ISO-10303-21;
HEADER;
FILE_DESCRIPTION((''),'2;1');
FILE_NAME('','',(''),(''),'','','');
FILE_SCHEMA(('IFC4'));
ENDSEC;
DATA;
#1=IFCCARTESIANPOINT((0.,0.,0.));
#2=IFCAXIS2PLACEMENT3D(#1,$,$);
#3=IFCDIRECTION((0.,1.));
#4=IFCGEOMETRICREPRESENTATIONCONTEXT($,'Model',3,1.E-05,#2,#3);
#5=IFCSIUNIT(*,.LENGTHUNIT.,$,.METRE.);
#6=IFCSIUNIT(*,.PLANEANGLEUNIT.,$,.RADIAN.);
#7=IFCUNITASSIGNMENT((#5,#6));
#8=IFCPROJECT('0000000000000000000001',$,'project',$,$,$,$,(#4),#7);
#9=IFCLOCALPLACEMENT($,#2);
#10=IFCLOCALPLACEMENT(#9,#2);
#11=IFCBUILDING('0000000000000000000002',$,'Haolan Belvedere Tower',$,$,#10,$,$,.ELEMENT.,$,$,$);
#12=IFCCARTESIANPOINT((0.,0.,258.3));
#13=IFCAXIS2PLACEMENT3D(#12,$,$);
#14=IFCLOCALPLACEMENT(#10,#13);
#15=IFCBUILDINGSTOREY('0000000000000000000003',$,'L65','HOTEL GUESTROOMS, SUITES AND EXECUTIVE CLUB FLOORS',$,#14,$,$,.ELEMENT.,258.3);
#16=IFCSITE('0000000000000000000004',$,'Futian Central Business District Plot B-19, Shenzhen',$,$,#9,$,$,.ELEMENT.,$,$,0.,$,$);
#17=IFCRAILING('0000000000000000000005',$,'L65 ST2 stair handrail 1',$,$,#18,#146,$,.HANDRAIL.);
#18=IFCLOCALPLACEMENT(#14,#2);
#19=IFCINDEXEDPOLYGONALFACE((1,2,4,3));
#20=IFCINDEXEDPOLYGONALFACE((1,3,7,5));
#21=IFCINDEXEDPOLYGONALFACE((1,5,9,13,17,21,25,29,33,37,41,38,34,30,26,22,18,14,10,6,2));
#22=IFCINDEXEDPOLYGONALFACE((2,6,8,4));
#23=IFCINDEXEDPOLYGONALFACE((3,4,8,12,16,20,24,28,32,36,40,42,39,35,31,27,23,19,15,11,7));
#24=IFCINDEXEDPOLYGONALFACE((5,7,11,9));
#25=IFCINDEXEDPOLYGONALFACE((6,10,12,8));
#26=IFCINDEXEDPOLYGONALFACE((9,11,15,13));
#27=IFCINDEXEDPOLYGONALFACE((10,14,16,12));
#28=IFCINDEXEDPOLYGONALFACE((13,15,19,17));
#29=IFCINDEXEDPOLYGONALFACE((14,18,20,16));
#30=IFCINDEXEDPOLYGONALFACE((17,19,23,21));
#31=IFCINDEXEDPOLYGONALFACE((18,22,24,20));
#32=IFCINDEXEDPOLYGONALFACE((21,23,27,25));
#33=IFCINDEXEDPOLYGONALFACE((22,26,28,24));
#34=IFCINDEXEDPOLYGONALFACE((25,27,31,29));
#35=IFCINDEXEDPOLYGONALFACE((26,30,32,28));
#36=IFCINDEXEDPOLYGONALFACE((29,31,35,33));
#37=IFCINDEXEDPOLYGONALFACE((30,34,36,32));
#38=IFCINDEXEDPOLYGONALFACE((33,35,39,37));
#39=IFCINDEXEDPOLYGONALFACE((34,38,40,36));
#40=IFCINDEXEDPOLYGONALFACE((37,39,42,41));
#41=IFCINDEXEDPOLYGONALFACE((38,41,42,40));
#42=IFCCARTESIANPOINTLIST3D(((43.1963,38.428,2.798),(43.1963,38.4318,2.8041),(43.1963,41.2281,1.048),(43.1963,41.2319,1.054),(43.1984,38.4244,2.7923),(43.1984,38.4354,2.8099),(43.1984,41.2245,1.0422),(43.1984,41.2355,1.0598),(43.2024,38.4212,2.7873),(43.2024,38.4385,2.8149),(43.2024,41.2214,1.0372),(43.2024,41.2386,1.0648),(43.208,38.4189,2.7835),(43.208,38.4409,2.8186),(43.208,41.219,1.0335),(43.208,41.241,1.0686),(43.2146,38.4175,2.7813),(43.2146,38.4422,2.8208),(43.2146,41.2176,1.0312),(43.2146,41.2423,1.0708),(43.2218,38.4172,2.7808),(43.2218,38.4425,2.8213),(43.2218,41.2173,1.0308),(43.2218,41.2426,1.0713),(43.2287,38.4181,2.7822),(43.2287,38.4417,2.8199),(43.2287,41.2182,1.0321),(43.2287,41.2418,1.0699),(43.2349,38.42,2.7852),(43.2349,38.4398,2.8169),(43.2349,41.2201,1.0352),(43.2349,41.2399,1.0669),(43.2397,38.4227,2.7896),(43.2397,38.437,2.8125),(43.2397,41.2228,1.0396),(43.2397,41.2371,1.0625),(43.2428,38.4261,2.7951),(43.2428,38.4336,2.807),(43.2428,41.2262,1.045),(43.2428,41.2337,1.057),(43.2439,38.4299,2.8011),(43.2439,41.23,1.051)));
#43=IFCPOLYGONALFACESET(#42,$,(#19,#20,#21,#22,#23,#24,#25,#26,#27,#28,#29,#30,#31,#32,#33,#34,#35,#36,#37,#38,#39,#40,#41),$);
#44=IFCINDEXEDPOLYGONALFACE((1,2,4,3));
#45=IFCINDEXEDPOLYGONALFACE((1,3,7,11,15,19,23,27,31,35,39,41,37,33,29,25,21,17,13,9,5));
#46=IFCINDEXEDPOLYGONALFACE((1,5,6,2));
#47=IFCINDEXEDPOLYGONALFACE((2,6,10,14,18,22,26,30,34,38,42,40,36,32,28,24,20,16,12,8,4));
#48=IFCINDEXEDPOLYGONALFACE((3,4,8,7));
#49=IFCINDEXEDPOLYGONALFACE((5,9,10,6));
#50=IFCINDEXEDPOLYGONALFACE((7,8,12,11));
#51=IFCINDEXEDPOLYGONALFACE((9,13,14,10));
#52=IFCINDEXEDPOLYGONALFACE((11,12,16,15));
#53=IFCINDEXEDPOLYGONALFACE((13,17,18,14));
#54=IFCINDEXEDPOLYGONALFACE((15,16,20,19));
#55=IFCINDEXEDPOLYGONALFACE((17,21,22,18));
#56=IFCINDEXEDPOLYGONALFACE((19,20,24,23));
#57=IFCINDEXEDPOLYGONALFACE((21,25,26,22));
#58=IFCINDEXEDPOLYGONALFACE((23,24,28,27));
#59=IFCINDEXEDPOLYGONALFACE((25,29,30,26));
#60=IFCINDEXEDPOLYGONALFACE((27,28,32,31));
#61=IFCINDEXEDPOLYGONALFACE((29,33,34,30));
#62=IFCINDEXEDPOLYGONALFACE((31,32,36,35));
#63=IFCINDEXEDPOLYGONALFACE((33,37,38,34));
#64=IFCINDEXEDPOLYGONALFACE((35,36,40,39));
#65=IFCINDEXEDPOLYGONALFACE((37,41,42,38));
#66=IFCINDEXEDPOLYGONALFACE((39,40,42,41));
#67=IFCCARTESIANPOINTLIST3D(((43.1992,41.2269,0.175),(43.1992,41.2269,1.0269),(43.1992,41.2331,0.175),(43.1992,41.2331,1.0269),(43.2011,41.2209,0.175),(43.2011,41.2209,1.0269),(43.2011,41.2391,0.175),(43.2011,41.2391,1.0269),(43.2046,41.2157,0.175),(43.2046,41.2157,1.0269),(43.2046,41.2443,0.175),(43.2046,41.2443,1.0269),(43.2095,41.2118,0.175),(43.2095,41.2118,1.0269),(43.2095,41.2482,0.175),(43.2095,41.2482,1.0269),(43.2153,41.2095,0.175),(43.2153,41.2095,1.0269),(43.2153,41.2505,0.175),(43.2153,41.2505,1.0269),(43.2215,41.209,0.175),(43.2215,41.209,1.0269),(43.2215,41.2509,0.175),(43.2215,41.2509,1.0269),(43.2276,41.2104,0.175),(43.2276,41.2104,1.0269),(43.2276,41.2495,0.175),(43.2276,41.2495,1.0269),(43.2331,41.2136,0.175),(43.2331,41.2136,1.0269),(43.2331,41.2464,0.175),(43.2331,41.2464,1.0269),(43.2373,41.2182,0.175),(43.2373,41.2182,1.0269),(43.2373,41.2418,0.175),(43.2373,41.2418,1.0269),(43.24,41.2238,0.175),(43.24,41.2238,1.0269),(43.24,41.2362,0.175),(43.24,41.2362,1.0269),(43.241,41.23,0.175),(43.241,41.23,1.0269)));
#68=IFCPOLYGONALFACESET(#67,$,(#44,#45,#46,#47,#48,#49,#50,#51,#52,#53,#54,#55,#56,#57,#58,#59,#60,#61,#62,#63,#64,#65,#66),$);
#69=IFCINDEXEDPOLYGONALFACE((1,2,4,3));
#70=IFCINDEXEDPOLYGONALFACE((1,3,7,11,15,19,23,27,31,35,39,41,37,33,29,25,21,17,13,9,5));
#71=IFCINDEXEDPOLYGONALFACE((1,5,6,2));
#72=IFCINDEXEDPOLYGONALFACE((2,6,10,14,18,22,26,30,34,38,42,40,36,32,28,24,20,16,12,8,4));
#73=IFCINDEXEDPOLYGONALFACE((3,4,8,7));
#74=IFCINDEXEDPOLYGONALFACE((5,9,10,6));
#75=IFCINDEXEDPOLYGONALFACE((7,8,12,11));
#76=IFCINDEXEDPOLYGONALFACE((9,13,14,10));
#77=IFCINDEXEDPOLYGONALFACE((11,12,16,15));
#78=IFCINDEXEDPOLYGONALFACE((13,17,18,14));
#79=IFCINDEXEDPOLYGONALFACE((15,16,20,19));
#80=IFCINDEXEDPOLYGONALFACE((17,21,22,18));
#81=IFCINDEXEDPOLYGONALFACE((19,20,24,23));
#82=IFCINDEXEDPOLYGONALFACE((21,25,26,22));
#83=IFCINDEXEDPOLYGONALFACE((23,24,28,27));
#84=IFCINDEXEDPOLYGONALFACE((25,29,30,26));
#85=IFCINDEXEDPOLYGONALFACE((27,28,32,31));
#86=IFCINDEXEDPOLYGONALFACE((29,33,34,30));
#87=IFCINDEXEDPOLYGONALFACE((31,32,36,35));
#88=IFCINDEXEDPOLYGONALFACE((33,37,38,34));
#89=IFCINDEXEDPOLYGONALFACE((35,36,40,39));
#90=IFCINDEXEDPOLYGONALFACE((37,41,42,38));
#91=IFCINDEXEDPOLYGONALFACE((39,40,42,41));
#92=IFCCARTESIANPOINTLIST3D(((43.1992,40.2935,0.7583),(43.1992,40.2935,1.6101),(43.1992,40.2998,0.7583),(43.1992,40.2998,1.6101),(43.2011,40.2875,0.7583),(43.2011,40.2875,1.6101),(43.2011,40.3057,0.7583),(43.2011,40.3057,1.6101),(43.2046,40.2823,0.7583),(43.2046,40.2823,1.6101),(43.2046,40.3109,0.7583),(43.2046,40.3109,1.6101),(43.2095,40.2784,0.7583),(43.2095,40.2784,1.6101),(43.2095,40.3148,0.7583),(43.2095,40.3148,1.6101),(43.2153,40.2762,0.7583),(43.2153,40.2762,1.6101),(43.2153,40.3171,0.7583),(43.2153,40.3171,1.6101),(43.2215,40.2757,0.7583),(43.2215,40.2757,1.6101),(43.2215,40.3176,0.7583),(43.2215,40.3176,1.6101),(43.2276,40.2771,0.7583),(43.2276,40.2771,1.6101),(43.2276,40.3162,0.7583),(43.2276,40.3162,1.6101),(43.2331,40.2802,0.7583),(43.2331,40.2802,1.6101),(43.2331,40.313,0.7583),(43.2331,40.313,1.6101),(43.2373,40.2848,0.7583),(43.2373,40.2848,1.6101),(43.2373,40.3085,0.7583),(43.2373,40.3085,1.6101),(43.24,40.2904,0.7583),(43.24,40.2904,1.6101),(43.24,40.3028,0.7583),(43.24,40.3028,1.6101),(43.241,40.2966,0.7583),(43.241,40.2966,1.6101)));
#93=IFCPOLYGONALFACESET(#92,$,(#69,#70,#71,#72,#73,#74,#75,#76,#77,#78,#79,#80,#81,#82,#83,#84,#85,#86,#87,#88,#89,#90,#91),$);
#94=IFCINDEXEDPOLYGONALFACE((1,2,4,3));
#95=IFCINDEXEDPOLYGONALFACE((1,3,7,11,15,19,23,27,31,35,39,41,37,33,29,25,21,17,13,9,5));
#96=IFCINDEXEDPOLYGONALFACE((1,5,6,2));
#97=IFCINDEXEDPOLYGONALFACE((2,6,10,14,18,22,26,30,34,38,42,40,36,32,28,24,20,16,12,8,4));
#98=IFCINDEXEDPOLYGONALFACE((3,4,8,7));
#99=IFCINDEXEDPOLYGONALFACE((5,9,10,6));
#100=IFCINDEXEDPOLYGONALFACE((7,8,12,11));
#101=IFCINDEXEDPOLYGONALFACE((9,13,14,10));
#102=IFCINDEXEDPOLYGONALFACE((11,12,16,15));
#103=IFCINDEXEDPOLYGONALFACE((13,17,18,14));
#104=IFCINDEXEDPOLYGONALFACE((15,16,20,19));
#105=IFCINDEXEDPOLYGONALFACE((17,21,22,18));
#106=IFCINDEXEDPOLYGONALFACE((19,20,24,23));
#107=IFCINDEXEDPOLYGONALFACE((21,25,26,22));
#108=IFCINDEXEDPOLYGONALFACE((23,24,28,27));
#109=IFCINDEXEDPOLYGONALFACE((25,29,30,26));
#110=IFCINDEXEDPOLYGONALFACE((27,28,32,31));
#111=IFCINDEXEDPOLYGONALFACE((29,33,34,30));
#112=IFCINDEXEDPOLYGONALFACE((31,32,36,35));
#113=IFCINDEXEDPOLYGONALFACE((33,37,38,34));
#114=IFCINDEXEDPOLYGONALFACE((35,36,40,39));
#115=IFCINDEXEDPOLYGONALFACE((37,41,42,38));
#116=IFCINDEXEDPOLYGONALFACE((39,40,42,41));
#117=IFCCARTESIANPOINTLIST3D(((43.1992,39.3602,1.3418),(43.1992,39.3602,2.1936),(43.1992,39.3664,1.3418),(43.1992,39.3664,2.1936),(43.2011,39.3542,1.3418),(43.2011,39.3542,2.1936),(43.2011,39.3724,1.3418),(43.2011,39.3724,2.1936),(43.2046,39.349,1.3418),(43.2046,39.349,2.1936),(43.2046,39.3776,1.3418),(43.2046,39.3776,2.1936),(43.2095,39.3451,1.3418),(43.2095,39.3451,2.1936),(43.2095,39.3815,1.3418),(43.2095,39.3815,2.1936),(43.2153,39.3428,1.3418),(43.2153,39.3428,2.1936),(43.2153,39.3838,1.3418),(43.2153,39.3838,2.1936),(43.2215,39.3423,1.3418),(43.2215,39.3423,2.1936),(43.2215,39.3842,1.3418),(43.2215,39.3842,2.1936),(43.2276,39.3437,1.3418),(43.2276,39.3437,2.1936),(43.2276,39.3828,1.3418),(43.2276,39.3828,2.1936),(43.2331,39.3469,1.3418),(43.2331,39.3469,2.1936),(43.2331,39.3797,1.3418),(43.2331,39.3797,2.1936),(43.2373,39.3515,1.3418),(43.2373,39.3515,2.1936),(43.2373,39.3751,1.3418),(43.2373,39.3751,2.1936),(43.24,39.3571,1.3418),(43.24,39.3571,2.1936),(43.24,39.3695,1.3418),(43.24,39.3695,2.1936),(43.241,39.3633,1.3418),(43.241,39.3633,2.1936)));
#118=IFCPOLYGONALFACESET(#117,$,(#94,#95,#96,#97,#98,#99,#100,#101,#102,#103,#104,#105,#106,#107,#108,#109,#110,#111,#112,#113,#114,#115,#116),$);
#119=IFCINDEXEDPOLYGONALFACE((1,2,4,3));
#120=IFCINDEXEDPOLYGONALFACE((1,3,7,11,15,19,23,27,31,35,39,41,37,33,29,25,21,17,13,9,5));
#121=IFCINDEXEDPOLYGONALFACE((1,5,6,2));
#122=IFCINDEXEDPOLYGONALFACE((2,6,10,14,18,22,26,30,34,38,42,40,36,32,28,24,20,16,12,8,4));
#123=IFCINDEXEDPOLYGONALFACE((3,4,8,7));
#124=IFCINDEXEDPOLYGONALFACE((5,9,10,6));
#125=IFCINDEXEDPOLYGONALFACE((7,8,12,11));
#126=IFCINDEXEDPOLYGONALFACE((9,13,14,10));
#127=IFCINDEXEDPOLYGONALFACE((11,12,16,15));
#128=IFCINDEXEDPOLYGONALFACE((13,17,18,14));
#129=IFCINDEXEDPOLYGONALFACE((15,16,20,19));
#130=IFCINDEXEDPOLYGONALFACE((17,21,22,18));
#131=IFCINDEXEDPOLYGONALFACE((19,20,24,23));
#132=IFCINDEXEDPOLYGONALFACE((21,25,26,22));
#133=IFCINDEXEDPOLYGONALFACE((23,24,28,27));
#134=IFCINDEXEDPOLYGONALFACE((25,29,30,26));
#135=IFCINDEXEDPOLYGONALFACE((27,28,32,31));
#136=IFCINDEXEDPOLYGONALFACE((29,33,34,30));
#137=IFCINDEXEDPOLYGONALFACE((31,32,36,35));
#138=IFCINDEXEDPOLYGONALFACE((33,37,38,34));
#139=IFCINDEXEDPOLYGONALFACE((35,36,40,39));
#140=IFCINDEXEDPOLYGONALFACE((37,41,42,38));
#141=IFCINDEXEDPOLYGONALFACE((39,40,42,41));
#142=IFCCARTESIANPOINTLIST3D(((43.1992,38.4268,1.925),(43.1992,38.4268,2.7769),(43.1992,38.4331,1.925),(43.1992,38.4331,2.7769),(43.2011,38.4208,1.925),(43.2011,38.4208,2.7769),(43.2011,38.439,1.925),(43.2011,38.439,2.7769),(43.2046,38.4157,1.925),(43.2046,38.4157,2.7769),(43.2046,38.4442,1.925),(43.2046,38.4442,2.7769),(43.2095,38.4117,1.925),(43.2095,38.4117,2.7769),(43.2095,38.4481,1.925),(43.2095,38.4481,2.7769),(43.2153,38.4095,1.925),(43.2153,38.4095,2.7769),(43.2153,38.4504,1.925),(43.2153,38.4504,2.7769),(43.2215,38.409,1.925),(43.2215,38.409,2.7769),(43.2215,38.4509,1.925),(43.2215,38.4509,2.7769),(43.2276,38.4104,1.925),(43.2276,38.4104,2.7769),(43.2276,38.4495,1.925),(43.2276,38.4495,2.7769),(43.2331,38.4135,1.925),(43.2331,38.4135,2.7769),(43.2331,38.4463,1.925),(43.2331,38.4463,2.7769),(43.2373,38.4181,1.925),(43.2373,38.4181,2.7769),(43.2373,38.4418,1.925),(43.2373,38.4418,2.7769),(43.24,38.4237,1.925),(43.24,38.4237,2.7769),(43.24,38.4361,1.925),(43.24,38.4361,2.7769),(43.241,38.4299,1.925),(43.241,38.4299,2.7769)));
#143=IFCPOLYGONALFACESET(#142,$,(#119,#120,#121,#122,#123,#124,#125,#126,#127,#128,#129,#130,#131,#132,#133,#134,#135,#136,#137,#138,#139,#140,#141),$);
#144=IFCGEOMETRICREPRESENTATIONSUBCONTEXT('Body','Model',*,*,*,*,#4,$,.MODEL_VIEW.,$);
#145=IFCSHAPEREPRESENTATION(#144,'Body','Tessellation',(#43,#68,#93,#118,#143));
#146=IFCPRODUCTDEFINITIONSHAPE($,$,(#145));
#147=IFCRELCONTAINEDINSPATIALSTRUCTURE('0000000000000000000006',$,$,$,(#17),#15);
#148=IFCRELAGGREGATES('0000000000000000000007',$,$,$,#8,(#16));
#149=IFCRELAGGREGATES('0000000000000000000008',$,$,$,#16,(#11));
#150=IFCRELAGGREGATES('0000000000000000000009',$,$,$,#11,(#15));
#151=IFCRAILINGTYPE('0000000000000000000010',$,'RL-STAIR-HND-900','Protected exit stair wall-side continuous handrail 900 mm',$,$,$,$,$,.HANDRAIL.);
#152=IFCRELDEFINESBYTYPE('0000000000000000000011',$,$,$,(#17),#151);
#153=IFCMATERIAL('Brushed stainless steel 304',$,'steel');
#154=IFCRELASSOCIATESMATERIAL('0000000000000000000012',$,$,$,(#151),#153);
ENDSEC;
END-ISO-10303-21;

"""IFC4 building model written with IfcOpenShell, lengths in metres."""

from ifc_helpers import new_model, si_unit, direction, frame, origin, origin_2d, place, context, subcontext, project, spatial, circle, extrude, material, type_object, element, save


model = new_model("IFC4")

# Units and contexts
model_context = context("Model", 3, precision=1e-05, world=origin(), true_north=direction((0.0, 1.0)))
body_context = subcontext(model_context, "Body", "Model", "MODEL_VIEW")
ifc_project = project(units=[si_unit("LENGTHUNIT", "METRE"), si_unit("PLANEANGLEUNIT", "RADIAN")], contexts=[model_context])

# Site, building, storey
site_placement = place(None, origin())
site = spatial("IfcSite", under=ifc_project, at=site_placement, Name="Futian Central Business District Plot B-19, Shenzhen", CompositionType="ELEMENT", RefElevation=0.0)
building_placement = place(site_placement, origin())
building = spatial("IfcBuilding", under=site, at=building_placement, Name="Haolan Belvedere Tower", CompositionType="ELEMENT")
storey_placement = place(building_placement, frame((0.0, 0.0, 258.3)))
storey = spatial("IfcBuildingStorey", under=building, at=storey_placement, Name="L65", Description="HOTEL GUESTROOMS, SUITES AND EXECUTIVE CLUB FLOORS", CompositionType="ELEMENT", Elevation=258.3)

# Railing
ifc_material_1 = material(Name="Brushed stainless steel 304", Category="steel")
railing_type_1 = type_object("IfcRailingType", Name="RL-STAIR-HND-900", Description="Protected exit stair wall-side continuous handrail 900 mm", PredefinedType="HANDRAIL", material=ifc_material_1)
for number, where, name in (
    (1, (43.22, 41.23, 0.175), "L65 ST2 stair handrail 1"),
):
    element("IfcRailing", number, at=place(storey_placement, frame(where)), inside=storey, type_object=railing_type_1, Name=name, PredefinedType="HANDRAIL", context=body_context, shape_type="SweptSolid", body=[
        extrude(circle(Radius=0.0239, at=origin_2d()), frame((0.0, 0.0, 0.876), z_axis=(0.0, -0.848002, 0.529992), x_axis=(1.0, 0.0, 0.0)), (0.0, 0.0, 1.0), 3.302),
        extrude(circle(Radius=0.021, at=origin_2d()), origin(), (0.0, 0.0, 1.0), 0.8518),
        extrude(circle(Radius=0.021, at=origin_2d()), frame((0.0, -0.9333, 0.5833)), (0.0, 0.0, 1.0), 0.8518),
        extrude(circle(Radius=0.021, at=origin_2d()), frame((0.0, -1.8667, 1.1667)), (0.0, 0.0, 1.0), 0.8518),
        extrude(circle(Radius=0.021, at=origin_2d()), frame((0.0, -2.8, 1.75)), (0.0, 0.0, 1.0), 0.8518),
    ])

save(model, "model.ifc")
